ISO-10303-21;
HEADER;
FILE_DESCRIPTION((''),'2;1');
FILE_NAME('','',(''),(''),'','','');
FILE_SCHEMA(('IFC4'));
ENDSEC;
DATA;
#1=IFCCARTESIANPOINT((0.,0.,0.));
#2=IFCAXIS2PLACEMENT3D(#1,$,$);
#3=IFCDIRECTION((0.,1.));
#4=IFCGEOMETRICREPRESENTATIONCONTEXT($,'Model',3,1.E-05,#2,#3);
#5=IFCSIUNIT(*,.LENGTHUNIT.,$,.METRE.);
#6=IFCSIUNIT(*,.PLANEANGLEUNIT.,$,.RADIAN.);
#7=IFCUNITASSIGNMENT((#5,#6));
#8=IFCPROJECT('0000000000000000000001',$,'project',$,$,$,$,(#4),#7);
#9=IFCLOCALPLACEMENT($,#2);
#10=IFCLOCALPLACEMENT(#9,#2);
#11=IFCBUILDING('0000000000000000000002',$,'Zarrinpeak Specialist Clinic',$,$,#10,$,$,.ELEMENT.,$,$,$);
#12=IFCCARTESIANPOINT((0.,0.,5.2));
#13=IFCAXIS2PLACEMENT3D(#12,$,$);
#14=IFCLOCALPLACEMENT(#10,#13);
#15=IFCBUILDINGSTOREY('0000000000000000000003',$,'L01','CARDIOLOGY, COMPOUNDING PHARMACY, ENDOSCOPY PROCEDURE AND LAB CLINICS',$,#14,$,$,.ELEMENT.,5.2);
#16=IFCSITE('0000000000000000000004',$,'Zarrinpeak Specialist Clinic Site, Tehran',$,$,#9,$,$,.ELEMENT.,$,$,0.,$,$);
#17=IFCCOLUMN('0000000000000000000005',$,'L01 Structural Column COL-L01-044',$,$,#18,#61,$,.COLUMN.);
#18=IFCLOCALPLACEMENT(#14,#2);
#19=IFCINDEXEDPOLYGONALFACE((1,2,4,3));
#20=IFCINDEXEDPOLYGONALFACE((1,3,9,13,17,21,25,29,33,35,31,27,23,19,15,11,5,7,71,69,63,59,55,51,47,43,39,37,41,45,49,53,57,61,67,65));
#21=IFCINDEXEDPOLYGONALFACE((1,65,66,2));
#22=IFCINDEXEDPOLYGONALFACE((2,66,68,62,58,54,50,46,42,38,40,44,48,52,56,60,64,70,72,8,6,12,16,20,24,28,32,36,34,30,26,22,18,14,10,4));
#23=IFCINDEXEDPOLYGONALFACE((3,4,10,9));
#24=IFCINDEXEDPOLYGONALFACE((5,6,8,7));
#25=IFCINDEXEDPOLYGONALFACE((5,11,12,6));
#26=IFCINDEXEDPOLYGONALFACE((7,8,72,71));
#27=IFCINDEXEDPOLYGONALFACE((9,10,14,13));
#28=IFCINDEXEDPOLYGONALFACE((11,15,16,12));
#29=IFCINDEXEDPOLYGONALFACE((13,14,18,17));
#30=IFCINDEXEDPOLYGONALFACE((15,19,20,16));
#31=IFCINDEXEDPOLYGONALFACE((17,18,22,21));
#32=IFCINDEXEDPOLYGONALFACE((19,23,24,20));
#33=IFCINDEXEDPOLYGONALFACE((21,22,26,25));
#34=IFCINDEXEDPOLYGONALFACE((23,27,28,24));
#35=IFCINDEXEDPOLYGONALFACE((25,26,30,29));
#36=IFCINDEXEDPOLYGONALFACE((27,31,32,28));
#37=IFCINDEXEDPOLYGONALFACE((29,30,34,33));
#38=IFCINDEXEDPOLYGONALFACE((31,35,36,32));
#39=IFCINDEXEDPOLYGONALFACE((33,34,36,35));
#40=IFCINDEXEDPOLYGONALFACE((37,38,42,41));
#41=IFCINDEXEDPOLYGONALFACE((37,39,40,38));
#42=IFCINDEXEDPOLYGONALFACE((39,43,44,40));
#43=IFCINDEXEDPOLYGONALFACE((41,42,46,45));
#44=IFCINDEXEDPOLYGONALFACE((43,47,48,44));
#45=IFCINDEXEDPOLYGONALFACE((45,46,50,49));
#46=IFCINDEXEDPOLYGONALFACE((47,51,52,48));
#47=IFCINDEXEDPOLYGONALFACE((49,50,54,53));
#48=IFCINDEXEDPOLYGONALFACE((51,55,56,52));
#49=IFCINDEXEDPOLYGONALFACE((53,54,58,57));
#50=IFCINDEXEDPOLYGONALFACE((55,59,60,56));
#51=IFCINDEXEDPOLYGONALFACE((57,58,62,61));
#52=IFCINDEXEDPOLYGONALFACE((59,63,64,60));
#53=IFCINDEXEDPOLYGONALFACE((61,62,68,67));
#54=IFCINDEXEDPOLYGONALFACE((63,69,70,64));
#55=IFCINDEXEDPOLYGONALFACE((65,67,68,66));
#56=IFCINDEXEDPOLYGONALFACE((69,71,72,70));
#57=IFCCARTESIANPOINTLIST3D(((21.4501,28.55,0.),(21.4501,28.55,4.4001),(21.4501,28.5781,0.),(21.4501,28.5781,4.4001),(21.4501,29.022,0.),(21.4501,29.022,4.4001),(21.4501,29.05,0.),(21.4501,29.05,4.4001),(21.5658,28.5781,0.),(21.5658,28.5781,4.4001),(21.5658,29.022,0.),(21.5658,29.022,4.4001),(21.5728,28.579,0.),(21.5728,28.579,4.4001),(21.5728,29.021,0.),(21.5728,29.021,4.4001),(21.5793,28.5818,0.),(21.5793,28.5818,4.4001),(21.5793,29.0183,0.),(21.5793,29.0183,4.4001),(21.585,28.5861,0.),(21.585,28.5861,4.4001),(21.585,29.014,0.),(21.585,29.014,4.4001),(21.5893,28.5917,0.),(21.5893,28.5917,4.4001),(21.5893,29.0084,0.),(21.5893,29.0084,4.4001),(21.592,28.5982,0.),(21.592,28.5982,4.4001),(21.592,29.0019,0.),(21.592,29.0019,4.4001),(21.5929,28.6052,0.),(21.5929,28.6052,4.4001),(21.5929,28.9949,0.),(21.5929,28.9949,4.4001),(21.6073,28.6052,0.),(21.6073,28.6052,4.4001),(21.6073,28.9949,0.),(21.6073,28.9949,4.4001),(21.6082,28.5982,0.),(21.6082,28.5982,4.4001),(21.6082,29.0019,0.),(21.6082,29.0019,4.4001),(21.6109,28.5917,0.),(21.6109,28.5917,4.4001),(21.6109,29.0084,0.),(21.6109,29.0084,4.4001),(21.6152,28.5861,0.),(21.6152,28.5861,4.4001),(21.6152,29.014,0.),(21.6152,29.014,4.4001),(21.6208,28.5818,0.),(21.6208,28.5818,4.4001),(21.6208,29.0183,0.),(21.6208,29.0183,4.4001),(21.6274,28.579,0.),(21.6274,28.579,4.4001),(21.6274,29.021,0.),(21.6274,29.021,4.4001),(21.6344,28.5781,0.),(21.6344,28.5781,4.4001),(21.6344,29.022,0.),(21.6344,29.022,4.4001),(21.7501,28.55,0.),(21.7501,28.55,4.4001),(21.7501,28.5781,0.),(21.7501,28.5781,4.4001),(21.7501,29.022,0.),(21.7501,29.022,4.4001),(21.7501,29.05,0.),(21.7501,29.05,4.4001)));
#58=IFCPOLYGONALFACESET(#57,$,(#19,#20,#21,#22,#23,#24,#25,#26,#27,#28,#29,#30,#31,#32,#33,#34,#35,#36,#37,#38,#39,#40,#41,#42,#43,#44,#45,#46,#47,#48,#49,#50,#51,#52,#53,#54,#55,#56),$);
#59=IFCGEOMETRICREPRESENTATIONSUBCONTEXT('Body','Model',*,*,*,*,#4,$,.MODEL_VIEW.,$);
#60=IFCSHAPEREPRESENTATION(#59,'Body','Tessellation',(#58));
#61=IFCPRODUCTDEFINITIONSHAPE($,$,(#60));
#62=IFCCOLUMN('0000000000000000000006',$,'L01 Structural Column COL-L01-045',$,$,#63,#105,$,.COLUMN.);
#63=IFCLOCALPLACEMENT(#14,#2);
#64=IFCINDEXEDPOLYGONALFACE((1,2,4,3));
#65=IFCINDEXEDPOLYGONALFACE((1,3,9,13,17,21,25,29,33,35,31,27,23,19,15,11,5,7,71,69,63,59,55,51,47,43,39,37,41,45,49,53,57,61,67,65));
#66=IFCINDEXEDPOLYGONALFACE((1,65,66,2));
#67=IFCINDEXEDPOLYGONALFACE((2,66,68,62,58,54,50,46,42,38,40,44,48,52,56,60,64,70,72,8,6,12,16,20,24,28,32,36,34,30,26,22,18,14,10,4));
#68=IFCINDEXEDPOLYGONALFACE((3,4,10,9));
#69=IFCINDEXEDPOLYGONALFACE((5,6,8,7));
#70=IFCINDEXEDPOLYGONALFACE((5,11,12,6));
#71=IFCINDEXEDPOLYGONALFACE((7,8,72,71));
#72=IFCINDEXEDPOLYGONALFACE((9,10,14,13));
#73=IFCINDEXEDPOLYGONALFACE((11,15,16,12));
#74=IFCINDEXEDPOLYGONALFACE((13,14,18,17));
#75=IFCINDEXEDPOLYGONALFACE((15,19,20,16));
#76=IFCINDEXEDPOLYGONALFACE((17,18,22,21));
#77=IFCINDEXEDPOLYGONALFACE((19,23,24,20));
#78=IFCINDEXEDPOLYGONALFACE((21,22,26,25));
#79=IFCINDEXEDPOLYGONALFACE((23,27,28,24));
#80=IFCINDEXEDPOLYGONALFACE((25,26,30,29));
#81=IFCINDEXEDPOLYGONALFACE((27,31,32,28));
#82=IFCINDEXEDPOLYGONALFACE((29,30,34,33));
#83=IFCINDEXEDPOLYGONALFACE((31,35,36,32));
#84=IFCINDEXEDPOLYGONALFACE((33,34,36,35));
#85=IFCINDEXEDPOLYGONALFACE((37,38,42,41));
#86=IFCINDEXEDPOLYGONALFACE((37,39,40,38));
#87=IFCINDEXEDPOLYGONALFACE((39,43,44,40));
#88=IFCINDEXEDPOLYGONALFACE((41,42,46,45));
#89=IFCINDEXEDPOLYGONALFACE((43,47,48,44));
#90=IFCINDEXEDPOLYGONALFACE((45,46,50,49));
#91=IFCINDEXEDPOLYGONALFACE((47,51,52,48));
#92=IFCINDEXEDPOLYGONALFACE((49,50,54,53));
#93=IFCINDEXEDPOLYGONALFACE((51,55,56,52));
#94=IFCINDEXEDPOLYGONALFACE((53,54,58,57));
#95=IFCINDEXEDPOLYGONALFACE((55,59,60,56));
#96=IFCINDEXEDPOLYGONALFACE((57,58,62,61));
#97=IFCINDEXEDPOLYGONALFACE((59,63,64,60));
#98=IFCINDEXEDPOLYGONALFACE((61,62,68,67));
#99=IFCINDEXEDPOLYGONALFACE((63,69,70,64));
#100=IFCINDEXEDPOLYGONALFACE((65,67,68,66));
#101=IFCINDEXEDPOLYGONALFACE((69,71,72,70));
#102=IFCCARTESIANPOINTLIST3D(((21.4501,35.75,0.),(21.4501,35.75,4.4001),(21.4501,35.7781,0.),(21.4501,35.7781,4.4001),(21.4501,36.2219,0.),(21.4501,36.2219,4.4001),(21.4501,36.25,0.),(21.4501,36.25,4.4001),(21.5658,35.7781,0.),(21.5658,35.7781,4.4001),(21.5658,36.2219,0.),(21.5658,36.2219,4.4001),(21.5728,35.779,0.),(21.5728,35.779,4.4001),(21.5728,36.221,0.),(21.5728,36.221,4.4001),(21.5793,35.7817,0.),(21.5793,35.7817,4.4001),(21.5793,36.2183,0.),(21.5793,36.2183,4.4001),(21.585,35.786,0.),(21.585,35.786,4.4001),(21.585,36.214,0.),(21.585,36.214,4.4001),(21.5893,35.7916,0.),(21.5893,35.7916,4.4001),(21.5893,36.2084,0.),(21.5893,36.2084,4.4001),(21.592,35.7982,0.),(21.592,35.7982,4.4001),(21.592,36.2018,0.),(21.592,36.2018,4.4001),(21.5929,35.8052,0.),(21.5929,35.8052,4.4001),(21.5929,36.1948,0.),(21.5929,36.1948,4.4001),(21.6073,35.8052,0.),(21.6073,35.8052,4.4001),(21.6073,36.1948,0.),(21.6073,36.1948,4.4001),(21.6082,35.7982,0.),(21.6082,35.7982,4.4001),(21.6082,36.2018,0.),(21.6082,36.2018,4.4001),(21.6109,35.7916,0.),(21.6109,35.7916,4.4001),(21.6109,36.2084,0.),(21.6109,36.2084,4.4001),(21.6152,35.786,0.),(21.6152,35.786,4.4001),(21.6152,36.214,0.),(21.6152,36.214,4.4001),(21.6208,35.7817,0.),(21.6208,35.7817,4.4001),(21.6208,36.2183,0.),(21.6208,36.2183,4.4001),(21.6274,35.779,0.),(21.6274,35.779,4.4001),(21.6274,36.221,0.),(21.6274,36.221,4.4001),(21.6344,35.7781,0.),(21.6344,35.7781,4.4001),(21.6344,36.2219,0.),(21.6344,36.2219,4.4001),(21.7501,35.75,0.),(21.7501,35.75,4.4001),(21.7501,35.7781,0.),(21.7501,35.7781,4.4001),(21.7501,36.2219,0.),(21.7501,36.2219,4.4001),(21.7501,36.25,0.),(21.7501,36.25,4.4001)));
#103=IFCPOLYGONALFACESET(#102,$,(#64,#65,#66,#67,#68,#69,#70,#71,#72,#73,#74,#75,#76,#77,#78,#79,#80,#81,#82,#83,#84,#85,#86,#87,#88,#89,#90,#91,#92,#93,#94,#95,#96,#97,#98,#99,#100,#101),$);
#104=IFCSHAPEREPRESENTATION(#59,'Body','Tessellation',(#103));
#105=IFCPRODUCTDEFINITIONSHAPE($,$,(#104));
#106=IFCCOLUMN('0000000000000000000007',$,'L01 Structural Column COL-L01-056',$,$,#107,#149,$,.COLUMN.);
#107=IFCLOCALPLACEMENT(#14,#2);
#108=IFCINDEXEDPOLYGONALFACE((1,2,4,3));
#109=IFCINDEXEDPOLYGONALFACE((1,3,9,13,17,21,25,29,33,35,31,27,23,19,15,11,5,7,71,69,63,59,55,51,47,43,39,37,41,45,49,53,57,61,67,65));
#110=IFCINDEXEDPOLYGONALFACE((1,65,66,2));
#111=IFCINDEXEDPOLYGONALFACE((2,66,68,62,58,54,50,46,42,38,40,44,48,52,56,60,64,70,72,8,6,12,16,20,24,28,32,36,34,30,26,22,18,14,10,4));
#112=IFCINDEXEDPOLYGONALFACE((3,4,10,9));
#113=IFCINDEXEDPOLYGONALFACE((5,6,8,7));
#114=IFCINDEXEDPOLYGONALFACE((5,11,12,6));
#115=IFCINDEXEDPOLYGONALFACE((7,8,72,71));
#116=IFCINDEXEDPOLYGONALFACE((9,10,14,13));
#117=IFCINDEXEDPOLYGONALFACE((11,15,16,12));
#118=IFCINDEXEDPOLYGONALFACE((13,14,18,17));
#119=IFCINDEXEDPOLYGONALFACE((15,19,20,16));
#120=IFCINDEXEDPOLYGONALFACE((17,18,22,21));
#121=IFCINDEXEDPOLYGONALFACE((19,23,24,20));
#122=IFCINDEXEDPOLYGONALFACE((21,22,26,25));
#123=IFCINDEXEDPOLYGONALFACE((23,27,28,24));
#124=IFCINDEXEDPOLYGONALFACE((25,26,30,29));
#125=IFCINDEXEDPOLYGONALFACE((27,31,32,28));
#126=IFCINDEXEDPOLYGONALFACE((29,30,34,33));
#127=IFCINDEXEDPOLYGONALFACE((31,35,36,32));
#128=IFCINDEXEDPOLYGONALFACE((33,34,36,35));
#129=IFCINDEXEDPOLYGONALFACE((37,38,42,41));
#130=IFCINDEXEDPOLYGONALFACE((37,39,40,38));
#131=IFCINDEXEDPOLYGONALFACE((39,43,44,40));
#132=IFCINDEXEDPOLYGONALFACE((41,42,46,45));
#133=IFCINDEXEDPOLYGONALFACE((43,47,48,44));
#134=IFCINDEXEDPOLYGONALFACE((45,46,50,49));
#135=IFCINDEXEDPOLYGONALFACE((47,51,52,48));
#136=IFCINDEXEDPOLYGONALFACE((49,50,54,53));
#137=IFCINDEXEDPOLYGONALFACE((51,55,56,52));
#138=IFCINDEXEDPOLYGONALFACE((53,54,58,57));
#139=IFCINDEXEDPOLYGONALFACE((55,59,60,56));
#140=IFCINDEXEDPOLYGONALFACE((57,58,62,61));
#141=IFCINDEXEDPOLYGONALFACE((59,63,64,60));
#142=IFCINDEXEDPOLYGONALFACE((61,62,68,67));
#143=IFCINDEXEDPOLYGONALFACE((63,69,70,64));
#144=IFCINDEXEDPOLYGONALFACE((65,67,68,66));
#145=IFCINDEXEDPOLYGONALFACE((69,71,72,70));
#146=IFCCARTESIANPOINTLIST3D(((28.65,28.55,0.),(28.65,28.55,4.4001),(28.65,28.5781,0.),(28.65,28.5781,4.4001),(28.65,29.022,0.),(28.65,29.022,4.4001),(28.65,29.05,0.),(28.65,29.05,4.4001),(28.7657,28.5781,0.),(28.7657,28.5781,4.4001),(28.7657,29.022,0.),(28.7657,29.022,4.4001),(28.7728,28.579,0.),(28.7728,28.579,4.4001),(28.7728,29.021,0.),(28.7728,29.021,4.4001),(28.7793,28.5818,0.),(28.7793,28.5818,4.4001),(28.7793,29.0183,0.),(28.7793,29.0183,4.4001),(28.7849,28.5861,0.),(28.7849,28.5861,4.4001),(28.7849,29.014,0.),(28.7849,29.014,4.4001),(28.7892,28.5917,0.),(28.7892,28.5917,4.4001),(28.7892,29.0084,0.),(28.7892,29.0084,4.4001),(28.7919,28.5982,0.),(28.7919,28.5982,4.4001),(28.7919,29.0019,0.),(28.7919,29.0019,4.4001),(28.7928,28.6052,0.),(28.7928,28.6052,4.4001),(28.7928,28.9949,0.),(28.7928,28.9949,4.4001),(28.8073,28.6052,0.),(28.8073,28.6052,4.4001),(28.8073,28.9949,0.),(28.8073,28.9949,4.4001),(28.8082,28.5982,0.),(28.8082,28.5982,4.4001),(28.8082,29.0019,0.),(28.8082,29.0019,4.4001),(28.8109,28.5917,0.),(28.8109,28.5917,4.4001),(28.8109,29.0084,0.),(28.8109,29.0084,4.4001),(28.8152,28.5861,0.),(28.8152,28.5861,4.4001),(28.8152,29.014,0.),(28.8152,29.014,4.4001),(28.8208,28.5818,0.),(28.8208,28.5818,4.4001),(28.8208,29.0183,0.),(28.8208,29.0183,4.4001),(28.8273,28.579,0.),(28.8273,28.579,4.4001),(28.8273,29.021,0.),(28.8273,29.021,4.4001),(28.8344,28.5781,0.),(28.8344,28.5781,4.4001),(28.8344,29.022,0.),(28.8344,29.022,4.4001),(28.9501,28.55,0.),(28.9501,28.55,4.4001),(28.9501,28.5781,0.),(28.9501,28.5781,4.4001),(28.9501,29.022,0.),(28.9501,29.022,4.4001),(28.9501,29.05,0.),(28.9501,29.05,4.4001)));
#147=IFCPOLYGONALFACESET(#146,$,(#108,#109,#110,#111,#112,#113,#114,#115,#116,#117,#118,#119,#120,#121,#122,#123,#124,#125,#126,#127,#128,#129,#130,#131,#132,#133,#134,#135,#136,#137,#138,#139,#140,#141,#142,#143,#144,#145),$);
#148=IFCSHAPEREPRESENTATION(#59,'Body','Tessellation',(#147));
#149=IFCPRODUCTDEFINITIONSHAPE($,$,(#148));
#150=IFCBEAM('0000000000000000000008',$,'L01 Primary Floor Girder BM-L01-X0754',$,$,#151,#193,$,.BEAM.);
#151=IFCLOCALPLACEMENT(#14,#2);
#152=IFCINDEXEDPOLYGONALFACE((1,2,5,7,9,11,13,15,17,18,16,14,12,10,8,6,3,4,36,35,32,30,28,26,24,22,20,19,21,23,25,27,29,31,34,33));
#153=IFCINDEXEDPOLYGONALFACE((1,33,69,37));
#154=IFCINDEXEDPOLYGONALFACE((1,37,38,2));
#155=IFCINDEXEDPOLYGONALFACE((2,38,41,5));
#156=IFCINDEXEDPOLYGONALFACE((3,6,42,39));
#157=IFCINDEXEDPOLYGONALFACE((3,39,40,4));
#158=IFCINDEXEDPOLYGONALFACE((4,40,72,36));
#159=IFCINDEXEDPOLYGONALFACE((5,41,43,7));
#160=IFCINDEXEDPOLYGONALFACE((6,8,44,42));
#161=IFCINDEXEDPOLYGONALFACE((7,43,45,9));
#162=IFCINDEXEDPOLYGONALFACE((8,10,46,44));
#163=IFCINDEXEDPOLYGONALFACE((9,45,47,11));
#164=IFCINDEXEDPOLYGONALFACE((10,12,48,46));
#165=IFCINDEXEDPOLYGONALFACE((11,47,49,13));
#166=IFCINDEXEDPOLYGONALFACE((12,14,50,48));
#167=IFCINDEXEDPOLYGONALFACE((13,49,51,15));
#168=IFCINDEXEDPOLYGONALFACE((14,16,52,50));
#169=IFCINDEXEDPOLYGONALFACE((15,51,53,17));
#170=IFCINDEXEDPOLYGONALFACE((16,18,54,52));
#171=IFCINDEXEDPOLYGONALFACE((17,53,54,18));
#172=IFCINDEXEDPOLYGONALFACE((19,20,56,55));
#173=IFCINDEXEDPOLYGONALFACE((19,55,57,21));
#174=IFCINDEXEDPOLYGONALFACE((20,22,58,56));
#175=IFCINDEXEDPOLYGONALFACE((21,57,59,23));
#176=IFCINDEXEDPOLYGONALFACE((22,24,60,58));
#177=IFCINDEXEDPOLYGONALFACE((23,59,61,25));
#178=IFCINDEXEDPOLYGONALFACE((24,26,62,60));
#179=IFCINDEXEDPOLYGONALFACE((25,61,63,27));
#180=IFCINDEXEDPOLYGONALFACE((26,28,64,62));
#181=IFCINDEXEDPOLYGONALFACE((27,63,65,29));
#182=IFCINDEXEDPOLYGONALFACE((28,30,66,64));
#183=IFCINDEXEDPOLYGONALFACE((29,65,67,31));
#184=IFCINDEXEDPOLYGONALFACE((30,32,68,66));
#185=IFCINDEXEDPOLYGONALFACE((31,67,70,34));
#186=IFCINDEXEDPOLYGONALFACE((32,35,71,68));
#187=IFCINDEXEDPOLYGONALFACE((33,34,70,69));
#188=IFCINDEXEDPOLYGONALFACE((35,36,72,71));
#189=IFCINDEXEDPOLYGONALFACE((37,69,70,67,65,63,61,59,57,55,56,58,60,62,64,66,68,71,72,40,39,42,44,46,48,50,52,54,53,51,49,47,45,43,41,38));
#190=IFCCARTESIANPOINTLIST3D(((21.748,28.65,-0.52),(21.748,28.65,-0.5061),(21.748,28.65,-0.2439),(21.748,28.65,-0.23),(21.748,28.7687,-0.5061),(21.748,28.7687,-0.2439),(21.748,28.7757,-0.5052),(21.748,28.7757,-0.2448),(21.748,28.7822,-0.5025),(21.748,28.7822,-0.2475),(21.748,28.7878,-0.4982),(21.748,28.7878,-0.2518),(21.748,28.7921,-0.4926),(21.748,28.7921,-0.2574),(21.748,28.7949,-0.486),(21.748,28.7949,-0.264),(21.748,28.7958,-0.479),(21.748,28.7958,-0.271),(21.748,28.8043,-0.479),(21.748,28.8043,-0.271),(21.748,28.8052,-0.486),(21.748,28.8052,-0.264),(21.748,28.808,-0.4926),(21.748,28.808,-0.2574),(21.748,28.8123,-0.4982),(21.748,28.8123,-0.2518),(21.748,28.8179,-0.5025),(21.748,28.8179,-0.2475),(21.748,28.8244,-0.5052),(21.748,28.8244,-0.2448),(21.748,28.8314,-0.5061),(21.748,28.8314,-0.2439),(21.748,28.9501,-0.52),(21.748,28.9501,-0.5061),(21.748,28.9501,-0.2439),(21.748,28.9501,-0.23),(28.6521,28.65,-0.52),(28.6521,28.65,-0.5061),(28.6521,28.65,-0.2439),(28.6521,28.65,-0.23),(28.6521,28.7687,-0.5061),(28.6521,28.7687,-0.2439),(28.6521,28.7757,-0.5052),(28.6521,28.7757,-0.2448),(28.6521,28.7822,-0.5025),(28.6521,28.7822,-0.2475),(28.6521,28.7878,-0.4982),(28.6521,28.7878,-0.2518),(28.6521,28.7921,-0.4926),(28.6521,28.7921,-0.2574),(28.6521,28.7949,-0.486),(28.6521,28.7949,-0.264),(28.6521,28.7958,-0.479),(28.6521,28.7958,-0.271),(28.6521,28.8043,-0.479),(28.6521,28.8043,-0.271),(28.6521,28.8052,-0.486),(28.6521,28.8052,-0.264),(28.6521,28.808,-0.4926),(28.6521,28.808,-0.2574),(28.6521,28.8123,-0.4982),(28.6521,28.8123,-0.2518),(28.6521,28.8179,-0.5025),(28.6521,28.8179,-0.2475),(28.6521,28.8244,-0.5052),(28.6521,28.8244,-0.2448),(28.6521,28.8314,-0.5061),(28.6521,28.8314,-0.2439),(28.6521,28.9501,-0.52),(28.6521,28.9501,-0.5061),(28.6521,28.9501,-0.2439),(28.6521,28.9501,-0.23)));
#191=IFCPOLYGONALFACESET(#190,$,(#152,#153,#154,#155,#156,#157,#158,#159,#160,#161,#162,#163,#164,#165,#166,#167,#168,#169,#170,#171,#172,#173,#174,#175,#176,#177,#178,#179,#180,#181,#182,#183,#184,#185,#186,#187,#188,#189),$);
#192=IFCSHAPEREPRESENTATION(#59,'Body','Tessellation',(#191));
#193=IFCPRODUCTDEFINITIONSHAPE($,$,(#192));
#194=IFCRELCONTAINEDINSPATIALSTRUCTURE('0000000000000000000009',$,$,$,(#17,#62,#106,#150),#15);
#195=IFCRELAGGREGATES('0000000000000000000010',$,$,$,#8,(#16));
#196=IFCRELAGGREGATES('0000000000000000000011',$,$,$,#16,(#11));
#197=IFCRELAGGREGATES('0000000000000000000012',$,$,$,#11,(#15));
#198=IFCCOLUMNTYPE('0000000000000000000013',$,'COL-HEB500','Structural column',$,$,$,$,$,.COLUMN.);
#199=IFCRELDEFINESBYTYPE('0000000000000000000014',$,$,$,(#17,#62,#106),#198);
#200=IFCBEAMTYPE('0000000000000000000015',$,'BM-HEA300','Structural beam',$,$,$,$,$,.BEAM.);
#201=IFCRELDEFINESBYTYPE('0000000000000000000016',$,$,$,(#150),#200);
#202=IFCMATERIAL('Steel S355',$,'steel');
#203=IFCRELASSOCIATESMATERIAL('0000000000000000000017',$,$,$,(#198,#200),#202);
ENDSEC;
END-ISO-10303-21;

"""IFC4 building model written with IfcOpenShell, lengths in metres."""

from ifc_helpers import new_model, si_unit, direction, frame, origin, origin_2d, place, context, subcontext, project, spatial, i_section, extrude, material, material_profile, profile_set, type_object, element, save


model = new_model("IFC4")

# Units and contexts
model_context = context("Model", 3, precision=1e-05, world=origin(), true_north=direction((0.0, 1.0)))
body_context = subcontext(model_context, "Body", "Model", "MODEL_VIEW")
ifc_project = project(units=[si_unit("LENGTHUNIT", "METRE"), si_unit("PLANEANGLEUNIT", "RADIAN")], contexts=[model_context])

# Site, building, storey
site_placement = place(None, origin())
site = spatial("IfcSite", under=ifc_project, at=site_placement, Name="Zarrinpeak Specialist Clinic Site, Tehran", CompositionType="ELEMENT", RefElevation=0.0)
building_placement = place(site_placement, origin())
building = spatial("IfcBuilding", under=site, at=building_placement, Name="Zarrinpeak Specialist Clinic", CompositionType="ELEMENT")
storey_placement = place(building_placement, frame((0.0, 0.0, 5.2)))
storey = spatial("IfcBuildingStorey", under=building, at=storey_placement, Name="L01", Description="CARDIOLOGY, COMPOUNDING PHARMACY, ENDOSCOPY PROCEDURE AND LAB CLINICS", CompositionType="ELEMENT", Elevation=5.2)

# Columns
ifc_material_1 = material(Name="Steel S355", Category="steel")
ifc_material_profile_1 = material_profile(ifc_material_1, i_section(OverallWidth=0.3, OverallDepth=0.5, WebThickness=0.0144, FlangeThickness=0.0281, FilletRadius=0.0271, at=origin_2d()), Name="HEB 500")
ifc_profile_set_1 = profile_set([ifc_material_profile_1], Name="Steel S355")
column_type = type_object("IfcColumnType", Name="COL-HEB500", Description="Structural column", PredefinedType="COLUMN", material=ifc_profile_set_1)
for number, where, z_axis, x_axis, name in (
    (1, (21.6001, 28.8, 0.0), (0.0, 0.0, 1.0), (1.0, 0.0, 0.0), "L01 Structural Column COL-L01-044"),
    (2, (21.6001, 36.0, 0.0), (0.0, 0.0, 1.0), (1.0, 0.0, 0.0), "L01 Structural Column COL-L01-045"),
    (3, (28.8, 28.8, 0.0), (0.0, 0.0, 1.0), (1.0, 0.0, 0.0), "L01 Structural Column COL-L01-056"),
):
    element("IfcColumn", number, at=place(storey_placement, frame(where, z_axis=z_axis, x_axis=x_axis)), inside=storey, type_object=column_type, Name=name, PredefinedType="COLUMN", context=body_context, shape_type="SweptSolid", body=[
        extrude(i_section(OverallWidth=0.3, OverallDepth=0.5, WebThickness=0.0144, FlangeThickness=0.0281, FilletRadius=0.0271, at=origin_2d()), origin(), (0.0, 0.0, 1.0), 4.4001),
    ])

# Beam
ifc_material_profile_2 = material_profile(ifc_material_1, i_section(OverallWidth=0.3, OverallDepth=0.29, WebThickness=0.0085, FlangeThickness=0.0139, FilletRadius=0.0271, at=origin_2d()), Name="HEA 300")
ifc_profile_set_2 = profile_set([ifc_material_profile_2], Name="Steel S355")
beam_type_1 = type_object("IfcBeamType", Name="BM-HEA300", Description="Structural beam", PredefinedType="BEAM", material=ifc_profile_set_2)
for number, where, z_axis, x_axis, name in (
    (4, (21.748, 28.8, -0.375), (1.0, 0.0, 0.0), (0.0, 1.0, 0.0), "L01 Primary Floor Girder BM-L01-X0754"),
):
    element("IfcBeam", number, at=place(storey_placement, frame(where, z_axis=z_axis, x_axis=x_axis)), inside=storey, type_object=beam_type_1, Name=name, PredefinedType="BEAM", context=body_context, shape_type="SweptSolid", body=[
        extrude(i_section(OverallWidth=0.3, OverallDepth=0.29, WebThickness=0.0085, FlangeThickness=0.0139, FilletRadius=0.0271, at=origin_2d()), origin(), (0.0, 0.0, 1.0), 6.9041),
    ])

save(model, "model.ifc")
